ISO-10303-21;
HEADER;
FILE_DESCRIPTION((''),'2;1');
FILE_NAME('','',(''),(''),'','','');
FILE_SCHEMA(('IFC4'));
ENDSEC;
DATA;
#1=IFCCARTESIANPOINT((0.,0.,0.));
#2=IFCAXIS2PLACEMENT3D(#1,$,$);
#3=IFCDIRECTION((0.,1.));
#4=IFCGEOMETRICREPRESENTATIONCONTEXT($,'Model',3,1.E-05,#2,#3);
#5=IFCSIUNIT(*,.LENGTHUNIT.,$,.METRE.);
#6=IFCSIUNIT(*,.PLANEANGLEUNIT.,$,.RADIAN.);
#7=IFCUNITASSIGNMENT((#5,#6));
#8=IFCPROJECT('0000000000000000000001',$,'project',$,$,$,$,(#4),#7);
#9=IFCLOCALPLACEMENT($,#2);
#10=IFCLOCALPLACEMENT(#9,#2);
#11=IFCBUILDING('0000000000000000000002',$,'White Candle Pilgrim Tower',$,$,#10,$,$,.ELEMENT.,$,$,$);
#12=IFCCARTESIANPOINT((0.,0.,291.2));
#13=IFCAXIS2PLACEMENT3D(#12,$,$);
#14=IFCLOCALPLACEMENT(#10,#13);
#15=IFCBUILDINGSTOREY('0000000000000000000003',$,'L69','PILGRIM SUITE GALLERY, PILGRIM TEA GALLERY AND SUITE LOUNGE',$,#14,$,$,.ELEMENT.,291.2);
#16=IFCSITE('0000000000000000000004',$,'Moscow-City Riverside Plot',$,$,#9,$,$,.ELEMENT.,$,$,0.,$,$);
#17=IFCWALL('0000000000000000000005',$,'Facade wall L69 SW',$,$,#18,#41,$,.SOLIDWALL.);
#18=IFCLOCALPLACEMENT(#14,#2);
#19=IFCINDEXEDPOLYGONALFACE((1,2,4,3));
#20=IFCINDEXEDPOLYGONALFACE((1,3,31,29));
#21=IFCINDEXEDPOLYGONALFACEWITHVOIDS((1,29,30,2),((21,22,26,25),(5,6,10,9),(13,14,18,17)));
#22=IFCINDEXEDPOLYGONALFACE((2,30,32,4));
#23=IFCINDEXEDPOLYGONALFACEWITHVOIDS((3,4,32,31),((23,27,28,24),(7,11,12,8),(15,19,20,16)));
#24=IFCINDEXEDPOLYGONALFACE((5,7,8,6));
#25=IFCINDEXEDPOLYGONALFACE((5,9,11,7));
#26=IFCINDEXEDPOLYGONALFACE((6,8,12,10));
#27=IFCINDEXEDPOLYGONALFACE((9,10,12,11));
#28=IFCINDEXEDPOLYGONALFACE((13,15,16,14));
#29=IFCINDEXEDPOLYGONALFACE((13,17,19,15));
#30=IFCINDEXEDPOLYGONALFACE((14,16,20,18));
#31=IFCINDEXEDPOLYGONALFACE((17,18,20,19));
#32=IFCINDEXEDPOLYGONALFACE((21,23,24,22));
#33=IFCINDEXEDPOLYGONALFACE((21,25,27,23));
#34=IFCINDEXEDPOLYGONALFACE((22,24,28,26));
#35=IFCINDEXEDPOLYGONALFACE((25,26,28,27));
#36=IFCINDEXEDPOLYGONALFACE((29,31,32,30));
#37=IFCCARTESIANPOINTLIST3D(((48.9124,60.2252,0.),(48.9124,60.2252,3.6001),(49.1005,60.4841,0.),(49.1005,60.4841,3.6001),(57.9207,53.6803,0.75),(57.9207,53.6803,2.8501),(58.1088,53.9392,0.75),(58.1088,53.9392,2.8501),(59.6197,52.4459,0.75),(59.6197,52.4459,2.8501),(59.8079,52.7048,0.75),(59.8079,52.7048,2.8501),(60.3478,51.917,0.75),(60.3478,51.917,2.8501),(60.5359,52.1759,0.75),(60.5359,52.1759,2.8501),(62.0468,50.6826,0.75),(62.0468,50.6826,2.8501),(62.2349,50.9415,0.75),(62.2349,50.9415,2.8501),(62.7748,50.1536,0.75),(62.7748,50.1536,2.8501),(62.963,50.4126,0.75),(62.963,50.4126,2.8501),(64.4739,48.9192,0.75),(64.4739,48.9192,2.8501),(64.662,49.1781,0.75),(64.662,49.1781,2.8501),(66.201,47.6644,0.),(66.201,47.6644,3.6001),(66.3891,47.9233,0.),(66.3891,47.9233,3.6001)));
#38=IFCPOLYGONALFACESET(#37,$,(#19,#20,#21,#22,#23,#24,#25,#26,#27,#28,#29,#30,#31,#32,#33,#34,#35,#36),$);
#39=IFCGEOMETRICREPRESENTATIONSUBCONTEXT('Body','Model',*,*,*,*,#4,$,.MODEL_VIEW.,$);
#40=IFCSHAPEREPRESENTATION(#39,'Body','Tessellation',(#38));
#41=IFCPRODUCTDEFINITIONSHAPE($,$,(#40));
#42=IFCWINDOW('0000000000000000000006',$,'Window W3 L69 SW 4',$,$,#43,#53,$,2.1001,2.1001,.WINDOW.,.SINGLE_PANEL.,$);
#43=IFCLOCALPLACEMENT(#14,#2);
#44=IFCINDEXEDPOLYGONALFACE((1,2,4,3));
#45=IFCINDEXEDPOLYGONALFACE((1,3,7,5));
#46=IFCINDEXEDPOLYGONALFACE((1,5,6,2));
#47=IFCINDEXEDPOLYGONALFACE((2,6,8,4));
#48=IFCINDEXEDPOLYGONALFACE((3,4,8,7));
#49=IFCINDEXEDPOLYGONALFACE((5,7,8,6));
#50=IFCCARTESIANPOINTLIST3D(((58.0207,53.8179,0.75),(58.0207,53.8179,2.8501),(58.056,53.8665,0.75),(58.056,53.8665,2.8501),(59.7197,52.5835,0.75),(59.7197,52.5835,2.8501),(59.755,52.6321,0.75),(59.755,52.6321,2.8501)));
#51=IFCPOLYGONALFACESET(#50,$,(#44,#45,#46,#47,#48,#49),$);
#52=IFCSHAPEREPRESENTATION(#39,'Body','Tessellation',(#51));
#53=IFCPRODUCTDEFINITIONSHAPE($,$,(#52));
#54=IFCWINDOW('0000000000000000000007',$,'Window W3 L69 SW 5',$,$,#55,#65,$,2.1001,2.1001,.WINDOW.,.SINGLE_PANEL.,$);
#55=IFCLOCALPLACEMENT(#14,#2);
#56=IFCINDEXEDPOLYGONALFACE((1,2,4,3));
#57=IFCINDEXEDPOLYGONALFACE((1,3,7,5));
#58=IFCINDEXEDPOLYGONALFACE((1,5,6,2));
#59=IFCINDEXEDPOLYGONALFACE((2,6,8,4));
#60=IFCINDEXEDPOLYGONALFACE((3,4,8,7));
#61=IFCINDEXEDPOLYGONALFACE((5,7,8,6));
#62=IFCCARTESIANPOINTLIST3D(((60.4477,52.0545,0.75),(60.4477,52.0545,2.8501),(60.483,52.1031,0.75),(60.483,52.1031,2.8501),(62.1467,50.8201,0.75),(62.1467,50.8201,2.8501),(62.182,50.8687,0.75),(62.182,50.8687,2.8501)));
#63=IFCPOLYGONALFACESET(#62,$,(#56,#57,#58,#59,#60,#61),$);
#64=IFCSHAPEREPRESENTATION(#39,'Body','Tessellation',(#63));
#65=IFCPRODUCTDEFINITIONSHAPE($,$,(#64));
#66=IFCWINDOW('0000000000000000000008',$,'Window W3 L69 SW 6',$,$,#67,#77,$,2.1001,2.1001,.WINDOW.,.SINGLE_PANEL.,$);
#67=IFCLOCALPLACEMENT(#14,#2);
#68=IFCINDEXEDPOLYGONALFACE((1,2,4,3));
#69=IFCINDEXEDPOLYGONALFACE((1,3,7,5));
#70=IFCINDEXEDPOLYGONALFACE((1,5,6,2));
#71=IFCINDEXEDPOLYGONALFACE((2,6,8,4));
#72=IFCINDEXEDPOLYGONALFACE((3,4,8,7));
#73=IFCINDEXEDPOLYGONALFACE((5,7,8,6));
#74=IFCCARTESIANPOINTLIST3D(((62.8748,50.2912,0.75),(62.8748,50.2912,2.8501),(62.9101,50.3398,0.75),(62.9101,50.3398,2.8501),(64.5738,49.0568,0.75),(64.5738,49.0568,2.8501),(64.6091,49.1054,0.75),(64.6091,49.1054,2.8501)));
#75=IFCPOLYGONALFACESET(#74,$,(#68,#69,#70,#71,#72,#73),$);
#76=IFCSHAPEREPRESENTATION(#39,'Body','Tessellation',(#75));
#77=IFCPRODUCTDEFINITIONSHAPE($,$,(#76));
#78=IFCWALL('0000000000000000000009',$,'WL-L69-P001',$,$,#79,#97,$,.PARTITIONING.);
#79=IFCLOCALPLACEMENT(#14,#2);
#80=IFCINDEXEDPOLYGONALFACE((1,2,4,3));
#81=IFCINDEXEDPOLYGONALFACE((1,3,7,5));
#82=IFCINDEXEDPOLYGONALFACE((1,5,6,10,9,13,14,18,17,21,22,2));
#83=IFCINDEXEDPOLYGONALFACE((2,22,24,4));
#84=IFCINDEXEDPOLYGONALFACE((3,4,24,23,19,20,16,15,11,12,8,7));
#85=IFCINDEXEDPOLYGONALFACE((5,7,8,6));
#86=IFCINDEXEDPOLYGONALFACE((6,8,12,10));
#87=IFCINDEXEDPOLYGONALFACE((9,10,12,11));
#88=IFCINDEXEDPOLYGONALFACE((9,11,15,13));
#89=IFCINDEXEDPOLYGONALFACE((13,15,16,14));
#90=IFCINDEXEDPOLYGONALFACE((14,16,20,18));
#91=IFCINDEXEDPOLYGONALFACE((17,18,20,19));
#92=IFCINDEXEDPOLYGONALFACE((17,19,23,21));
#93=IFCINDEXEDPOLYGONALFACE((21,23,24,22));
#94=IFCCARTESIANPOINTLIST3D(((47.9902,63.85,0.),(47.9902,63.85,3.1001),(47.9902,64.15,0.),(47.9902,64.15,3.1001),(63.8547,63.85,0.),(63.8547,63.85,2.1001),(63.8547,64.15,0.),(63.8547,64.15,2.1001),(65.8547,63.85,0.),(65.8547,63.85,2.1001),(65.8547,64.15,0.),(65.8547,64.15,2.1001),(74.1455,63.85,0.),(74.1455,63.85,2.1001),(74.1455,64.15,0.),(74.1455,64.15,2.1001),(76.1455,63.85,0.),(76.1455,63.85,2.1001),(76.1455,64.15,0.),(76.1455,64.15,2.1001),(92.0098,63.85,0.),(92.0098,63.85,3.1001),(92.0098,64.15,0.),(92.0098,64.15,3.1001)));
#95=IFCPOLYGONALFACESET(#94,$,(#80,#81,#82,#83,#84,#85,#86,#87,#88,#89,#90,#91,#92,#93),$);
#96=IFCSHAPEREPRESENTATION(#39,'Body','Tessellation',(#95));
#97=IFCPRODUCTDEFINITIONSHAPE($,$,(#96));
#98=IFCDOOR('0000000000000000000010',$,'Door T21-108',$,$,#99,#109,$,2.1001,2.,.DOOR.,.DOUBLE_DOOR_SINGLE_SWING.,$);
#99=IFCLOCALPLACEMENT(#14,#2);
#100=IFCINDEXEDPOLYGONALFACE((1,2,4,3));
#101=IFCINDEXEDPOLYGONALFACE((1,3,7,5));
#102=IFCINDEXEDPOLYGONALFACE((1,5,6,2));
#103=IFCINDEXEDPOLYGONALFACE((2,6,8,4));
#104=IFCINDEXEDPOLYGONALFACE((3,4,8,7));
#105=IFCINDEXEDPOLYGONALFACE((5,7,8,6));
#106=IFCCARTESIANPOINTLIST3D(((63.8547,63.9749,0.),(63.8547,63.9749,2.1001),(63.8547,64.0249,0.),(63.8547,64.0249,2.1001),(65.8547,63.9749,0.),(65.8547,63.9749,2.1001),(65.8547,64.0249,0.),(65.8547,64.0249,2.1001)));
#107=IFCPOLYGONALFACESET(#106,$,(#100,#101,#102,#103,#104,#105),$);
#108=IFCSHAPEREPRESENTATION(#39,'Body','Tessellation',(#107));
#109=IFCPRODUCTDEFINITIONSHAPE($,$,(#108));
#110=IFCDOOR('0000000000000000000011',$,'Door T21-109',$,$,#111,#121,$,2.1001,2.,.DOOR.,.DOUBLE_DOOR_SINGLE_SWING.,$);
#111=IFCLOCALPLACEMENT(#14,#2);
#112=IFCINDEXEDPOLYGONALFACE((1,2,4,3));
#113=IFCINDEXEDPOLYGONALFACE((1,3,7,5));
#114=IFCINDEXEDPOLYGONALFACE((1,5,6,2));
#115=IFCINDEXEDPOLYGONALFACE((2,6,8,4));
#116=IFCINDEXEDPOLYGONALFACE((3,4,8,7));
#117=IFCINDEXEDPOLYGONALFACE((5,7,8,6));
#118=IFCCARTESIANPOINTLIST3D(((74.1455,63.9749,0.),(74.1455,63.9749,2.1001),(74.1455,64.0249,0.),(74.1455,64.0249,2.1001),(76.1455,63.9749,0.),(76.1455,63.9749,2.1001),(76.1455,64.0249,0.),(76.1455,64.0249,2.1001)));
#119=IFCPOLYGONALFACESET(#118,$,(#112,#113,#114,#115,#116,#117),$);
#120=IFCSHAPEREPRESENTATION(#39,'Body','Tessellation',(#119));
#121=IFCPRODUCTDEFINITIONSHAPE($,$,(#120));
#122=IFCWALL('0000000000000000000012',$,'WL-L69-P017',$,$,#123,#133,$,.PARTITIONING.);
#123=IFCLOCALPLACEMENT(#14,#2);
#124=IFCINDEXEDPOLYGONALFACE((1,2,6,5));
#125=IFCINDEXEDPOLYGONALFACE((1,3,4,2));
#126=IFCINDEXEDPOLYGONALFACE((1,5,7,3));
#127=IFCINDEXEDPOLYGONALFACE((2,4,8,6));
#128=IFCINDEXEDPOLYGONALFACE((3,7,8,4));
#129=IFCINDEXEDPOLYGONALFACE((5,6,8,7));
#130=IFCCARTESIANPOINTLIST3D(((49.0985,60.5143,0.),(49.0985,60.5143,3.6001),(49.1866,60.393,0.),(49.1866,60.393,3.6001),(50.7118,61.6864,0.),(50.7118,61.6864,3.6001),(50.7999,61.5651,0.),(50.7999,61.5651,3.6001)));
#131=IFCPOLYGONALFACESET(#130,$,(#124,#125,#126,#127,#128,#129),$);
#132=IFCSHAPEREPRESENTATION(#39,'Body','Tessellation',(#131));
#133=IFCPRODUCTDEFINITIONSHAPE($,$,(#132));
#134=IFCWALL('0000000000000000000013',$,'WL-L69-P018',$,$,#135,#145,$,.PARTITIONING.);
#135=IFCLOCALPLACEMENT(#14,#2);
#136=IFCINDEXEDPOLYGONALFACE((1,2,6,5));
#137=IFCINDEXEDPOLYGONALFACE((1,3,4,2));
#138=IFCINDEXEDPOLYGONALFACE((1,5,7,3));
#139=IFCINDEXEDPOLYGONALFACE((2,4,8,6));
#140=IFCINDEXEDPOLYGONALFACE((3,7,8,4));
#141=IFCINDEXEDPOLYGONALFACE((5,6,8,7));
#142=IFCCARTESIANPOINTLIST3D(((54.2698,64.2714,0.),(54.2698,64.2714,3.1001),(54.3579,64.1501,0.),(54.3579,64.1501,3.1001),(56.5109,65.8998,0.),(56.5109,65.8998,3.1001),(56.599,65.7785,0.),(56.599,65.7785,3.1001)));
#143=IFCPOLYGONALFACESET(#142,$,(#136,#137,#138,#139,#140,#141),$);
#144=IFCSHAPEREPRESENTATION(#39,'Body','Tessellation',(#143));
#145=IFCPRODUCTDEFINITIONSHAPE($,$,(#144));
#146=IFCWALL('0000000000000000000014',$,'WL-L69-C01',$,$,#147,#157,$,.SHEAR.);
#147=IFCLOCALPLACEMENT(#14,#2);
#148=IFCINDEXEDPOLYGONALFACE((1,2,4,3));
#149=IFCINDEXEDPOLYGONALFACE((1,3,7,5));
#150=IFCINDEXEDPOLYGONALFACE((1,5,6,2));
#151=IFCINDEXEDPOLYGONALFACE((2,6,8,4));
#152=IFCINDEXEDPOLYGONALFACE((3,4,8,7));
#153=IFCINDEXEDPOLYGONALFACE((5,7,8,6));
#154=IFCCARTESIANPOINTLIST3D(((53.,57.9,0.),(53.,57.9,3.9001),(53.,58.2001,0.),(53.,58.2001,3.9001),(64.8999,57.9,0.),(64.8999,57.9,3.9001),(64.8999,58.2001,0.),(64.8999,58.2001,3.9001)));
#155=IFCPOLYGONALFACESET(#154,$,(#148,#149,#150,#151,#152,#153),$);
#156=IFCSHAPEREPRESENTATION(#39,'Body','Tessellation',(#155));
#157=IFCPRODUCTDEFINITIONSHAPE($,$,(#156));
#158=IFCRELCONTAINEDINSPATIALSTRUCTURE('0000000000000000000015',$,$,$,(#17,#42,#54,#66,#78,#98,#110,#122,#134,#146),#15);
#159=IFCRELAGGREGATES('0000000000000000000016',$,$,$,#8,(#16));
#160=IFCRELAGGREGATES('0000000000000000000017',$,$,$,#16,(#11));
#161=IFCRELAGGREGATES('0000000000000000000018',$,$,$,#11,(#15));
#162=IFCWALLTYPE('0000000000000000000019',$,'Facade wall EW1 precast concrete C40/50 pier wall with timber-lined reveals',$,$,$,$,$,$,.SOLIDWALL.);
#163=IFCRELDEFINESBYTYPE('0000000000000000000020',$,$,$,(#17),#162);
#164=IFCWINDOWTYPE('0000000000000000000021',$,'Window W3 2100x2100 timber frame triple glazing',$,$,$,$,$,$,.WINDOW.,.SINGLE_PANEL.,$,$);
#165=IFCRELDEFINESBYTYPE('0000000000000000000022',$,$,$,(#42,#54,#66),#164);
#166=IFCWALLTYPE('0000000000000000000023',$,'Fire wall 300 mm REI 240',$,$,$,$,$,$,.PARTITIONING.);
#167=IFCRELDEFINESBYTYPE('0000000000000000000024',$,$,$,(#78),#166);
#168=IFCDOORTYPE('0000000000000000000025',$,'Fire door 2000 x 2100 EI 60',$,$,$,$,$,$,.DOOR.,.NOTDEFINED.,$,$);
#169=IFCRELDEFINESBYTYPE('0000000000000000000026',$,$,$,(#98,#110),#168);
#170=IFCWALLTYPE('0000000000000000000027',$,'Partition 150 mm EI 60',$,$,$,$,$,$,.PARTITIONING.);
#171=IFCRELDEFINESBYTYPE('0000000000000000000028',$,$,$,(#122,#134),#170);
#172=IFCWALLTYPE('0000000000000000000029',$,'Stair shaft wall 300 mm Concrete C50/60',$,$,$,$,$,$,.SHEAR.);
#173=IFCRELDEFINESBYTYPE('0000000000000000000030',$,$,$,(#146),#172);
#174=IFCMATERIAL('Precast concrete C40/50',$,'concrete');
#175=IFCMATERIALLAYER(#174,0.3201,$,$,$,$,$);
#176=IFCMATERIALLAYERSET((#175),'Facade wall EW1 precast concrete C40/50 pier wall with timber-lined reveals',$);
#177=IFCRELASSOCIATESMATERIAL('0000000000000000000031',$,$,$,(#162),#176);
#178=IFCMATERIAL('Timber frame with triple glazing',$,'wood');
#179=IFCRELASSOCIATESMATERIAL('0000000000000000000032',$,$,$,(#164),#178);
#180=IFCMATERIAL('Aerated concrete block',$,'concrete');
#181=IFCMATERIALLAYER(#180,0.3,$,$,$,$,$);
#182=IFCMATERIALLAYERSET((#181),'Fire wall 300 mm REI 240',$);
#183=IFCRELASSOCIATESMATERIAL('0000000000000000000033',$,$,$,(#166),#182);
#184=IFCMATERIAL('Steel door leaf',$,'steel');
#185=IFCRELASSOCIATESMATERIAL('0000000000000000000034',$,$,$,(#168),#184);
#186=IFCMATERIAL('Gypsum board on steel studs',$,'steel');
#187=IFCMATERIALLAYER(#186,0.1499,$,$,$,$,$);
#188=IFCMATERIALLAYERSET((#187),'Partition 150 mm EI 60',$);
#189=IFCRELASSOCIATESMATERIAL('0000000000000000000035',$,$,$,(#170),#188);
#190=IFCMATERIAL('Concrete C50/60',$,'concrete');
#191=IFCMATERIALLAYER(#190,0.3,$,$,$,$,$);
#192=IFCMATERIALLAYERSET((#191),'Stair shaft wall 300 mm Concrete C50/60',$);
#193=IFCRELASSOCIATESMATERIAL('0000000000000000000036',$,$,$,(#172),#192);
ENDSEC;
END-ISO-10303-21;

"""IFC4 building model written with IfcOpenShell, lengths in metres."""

from ifc_helpers import new_model, si_unit, direction, frame, frame_2d, origin, place, context, subcontext, project, spatial, rectangle, extrude, material, layer, layer_set, type_object, element, fill, save


model = new_model("IFC4")

# Units and contexts
model_context = context("Model", 3, precision=1e-05, world=origin(), true_north=direction((0.0, 1.0)))
body_context = subcontext(model_context, "Body", "Model", "MODEL_VIEW")
ifc_project = project(units=[si_unit("LENGTHUNIT", "METRE"), si_unit("PLANEANGLEUNIT", "RADIAN")], contexts=[model_context])

# Site, building, storey
site_placement = place(None, origin())
site = spatial("IfcSite", under=ifc_project, at=site_placement, Name="Moscow-City Riverside Plot", CompositionType="ELEMENT", RefElevation=0.0)
building_placement = place(site_placement, origin())
building = spatial("IfcBuilding", under=site, at=building_placement, Name="White Candle Pilgrim Tower", CompositionType="ELEMENT")
storey_placement = place(building_placement, frame((0.0, 0.0, 291.2)))
storey = spatial("IfcBuildingStorey", under=building, at=storey_placement, Name="L69", Description="PILGRIM SUITE GALLERY, PILGRIM TEA GALLERY AND SUITE LOUNGE", CompositionType="ELEMENT", Elevation=291.2)

# Shared definitions
ifc_material_1 = material(Name="Concrete C50/60", Category="concrete")
ifc_material_2 = material(Name="Gypsum board on steel studs", Category="steel")

# Wall, openings, windows
ifc_material_3 = material(Name="Precast concrete C40/50", Category="concrete")
ifc_layer_1 = layer(ifc_material_3, 0.3201)
ifc_layer_set_1 = layer_set([ifc_layer_1], Name="Facade wall EW1 precast concrete C40/50 pier wall with timber-lined reveals")
wall_type_1 = type_object("IfcWallType", Name="Facade wall EW1 precast concrete C40/50 pier wall with timber-lined reveals", PredefinedType="SOLIDWALL", material=ifc_layer_set_1)
wall_1_placement = place(storey_placement, frame((49.0063, 60.3547, 0.0), z_axis=(0.0, 0.0, 1.0), x_axis=(0.809019, -0.587782, 0.0)))
wall_1 = element("IfcWall", 1, at=wall_1_placement, inside=storey, type_object=wall_type_1, Name="Facade wall L69 SW", PredefinedType="SOLIDWALL", context=body_context, shape_type="SweptSolid", body=[
    extrude(rectangle(XDim=21.3699, YDim=0.3201, at=frame_2d((10.6851, 0.0))), origin(), (0.0, 0.0, 1.0), 3.6001),
])
opening_1_placement = place(wall_1_placement, frame((11.135, 0.0, 0.75)))
opening_1 = element("IfcOpeningElement", 2, at=opening_1_placement, cuts=wall_1, PredefinedType="OPENING", context=body_context, shape_type="SweptSolid", body=[
    extrude(rectangle(XDim=2.1001, YDim=2.1001, at=frame_2d((1.05, 1.05))), frame((0.0, 0.1699, 0.0), z_axis=(0.0, -1.0, 0.0), x_axis=(1.0, 0.0, 0.0)), (0.0, 0.0, 1.0), 0.3401),
])
opening_2_placement = place(wall_1_placement, frame((14.135, 0.0, 0.75)))
opening_2 = element("IfcOpeningElement", 3, at=opening_2_placement, cuts=wall_1, PredefinedType="OPENING", context=body_context, shape_type="SweptSolid", body=[
    extrude(rectangle(XDim=2.1001, YDim=2.1001, at=frame_2d((1.05, 1.05))), frame((0.0, 0.1699, 0.0), z_axis=(0.0, -1.0, 0.0), x_axis=(1.0, 0.0, 0.0)), (0.0, 0.0, 1.0), 0.3401),
])
opening_3_placement = place(wall_1_placement, frame((17.135, 0.0, 0.75)))
opening_3 = element("IfcOpeningElement", 4, at=opening_3_placement, cuts=wall_1, PredefinedType="OPENING", context=body_context, shape_type="SweptSolid", body=[
    extrude(rectangle(XDim=2.1001, YDim=2.1001, at=frame_2d((1.05, 1.05))), frame((0.0, 0.1699, 0.0), z_axis=(0.0, -1.0, 0.0), x_axis=(1.0, 0.0, 0.0)), (0.0, 0.0, 1.0), 0.3401),
])
ifc_material_4 = material(Name="Timber frame with triple glazing", Category="wood")
window_type = type_object("IfcWindowType", Name="Window W3 2100x2100 timber frame triple glazing", PartitioningType="SINGLE_PANEL", PredefinedType="WINDOW", material=ifc_material_4)
window_1_placement = place(opening_1_placement, origin())
window_1 = element("IfcWindow", 5, at=window_1_placement, inside=storey, type_object=window_type, Name="Window W3 L69 SW 4", OverallHeight=2.1001, OverallWidth=2.1001, PartitioningType="SINGLE_PANEL", PredefinedType="WINDOW", context=body_context, shape_type="SweptSolid", body=[
    extrude(rectangle(XDim=2.1001, YDim=2.1001, at=frame_2d((1.05, 1.05))), frame((0.0, 0.0701, 0.0), z_axis=(0.0, -1.0, 0.0), x_axis=(1.0, 0.0, 0.0)), (0.0, 0.0, 1.0), 0.0601),
])
fill(opening_1, window_1)
window_2_placement = place(opening_2_placement, origin())
window_2 = element("IfcWindow", 6, at=window_2_placement, inside=storey, type_object=window_type, Name="Window W3 L69 SW 5", OverallHeight=2.1001, OverallWidth=2.1001, PartitioningType="SINGLE_PANEL", PredefinedType="WINDOW", context=body_context, shape_type="SweptSolid", body=[
    extrude(rectangle(XDim=2.1001, YDim=2.1001, at=frame_2d((1.05, 1.05))), frame((0.0, 0.0701, 0.0), z_axis=(0.0, -1.0, 0.0), x_axis=(1.0, 0.0, 0.0)), (0.0, 0.0, 1.0), 0.0601),
])
fill(opening_2, window_2)
window_3_placement = place(opening_3_placement, origin())
window_3 = element("IfcWindow", 7, at=window_3_placement, inside=storey, type_object=window_type, Name="Window W3 L69 SW 6", OverallHeight=2.1001, OverallWidth=2.1001, PartitioningType="SINGLE_PANEL", PredefinedType="WINDOW", context=body_context, shape_type="SweptSolid", body=[
    extrude(rectangle(XDim=2.1001, YDim=2.1001, at=frame_2d((1.05, 1.05))), frame((0.0, 0.0701, 0.0), z_axis=(0.0, -1.0, 0.0), x_axis=(1.0, 0.0, 0.0)), (0.0, 0.0, 1.0), 0.0601),
])
fill(opening_3, window_3)

# Wall, openings, doors
ifc_material_5 = material(Name="Aerated concrete block", Category="concrete")
ifc_layer_2 = layer(ifc_material_5, 0.3)
ifc_layer_set_2 = layer_set([ifc_layer_2], Name="Fire wall 300 mm REI 240")
wall_type_2 = type_object("IfcWallType", Name="Fire wall 300 mm REI 240", PredefinedType="PARTITIONING", material=ifc_layer_set_2)
wall_2_placement = place(storey_placement, frame((47.9902, 64.0, 0.0), z_axis=(0.0, 0.0, 1.0), x_axis=(1.0, 0.0, 0.0)))
wall_2 = element("IfcWall", 8, at=wall_2_placement, inside=storey, type_object=wall_type_2, Name="WL-L69-P001", PredefinedType="PARTITIONING", context=body_context, shape_type="SweptSolid", body=[
    extrude(rectangle(XDim=44.0195, YDim=0.3, at=frame_2d((22.0098, 0.0))), origin(), (0.0, 0.0, 1.0), 3.1001),
])
opening_4_placement = place(wall_2_placement, frame((15.8645, 0.0, 0.0)))
opening_4 = element("IfcOpeningElement", 9, at=opening_4_placement, cuts=wall_2, PredefinedType="OPENING", context=body_context, shape_type="SweptSolid", body=[
    extrude(rectangle(XDim=2.0, YDim=2.1001, at=frame_2d((1.0, 1.05))), frame((0.0, 0.1599, 0.0), z_axis=(0.0, -1.0, 0.0), x_axis=(1.0, 0.0, 0.0)), (0.0, 0.0, 1.0), 0.3201),
])
opening_5_placement = place(wall_2_placement, frame((26.1553, 0.0, 0.0)))
opening_5 = element("IfcOpeningElement", 10, at=opening_5_placement, cuts=wall_2, PredefinedType="OPENING", context=body_context, shape_type="SweptSolid", body=[
    extrude(rectangle(XDim=2.0, YDim=2.1001, at=frame_2d((1.0, 1.05))), frame((0.0, 0.1599, 0.0), z_axis=(0.0, -1.0, 0.0), x_axis=(1.0, 0.0, 0.0)), (0.0, 0.0, 1.0), 0.3201),
])
ifc_material_6 = material(Name="Steel door leaf", Category="steel")
door_type_1 = type_object("IfcDoorType", Name="Fire door 2000 x 2100 EI 60", OperationType="NOTDEFINED", PredefinedType="DOOR", material=ifc_material_6)
door_1_placement = place(opening_4_placement, origin())
door_1 = element("IfcDoor", 11, at=door_1_placement, inside=storey, type_object=door_type_1, Name="Door T21-108", OperationType="DOUBLE_DOOR_SINGLE_SWING", OverallHeight=2.1001, OverallWidth=2.0, PredefinedType="DOOR", context=body_context, shape_type="SweptSolid", body=[
    extrude(rectangle(XDim=2.0, YDim=2.1001, at=frame_2d((1.0, 1.05))), frame((0.0, 0.0249, 0.0), z_axis=(0.0, -1.0, 0.0), x_axis=(1.0, 0.0, 0.0)), (0.0, 0.0, 1.0), 0.05),
])
fill(opening_4, door_1)
door_2_placement = place(opening_5_placement, origin())
door_2 = element("IfcDoor", 12, at=door_2_placement, inside=storey, type_object=door_type_1, Name="Door T21-109", OperationType="DOUBLE_DOOR_SINGLE_SWING", OverallHeight=2.1001, OverallWidth=2.0, PredefinedType="DOOR", context=body_context, shape_type="SweptSolid", body=[
    extrude(rectangle(XDim=2.0, YDim=2.1001, at=frame_2d((1.0, 1.05))), frame((0.0, 0.0249, 0.0), z_axis=(0.0, -1.0, 0.0), x_axis=(1.0, 0.0, 0.0)), (0.0, 0.0, 1.0), 0.05),
])
fill(opening_5, door_2)

# Walls
ifc_layer_3 = layer(ifc_material_2, 0.1499)
ifc_layer_set_3 = layer_set([ifc_layer_3], Name="Partition 150 mm EI 60")
wall_type_3 = type_object("IfcWallType", Name="Partition 150 mm EI 60", PredefinedType="PARTITIONING", material=ifc_layer_set_3)
wall_3_placement = place(storey_placement, frame((49.1426, 60.4536, 0.0), z_axis=(0.0, 0.0, 1.0), x_axis=(0.809017, 0.587786, 0.0)))
element("IfcWall", 13, at=wall_3_placement, inside=storey, type_object=wall_type_3, Name="WL-L69-P017", PredefinedType="PARTITIONING", context=body_context, shape_type="SweptSolid", body=[
    extrude(rectangle(XDim=1.9941, YDim=0.1499, at=frame_2d((0.9971, 0.0))), origin(), (0.0, 0.0, 1.0), 3.6001),
])
wall_4_placement = place(storey_placement, frame((54.3137, 64.2107, 0.0), z_axis=(0.0, 0.0, 1.0), x_axis=(0.809003, 0.587805, 0.0)))
element("IfcWall", 14, at=wall_4_placement, inside=storey, type_object=wall_type_3, Name="WL-L69-P018", PredefinedType="PARTITIONING", context=body_context, shape_type="SweptSolid", body=[
    extrude(rectangle(XDim=2.7703, YDim=0.1499, at=frame_2d((1.3853, 0.0))), origin(), (0.0, 0.0, 1.0), 3.1001),
])
ifc_layer_4 = layer(ifc_material_1, 0.3)
ifc_layer_set_4 = layer_set([ifc_layer_4], Name="Stair shaft wall 300 mm Concrete C50/60")
wall_type_4 = type_object("IfcWallType", Name="Stair shaft wall 300 mm Concrete C50/60", PredefinedType="SHEAR", material=ifc_layer_set_4)
wall_5_placement = place(storey_placement, frame((53.0, 58.05, 0.0), z_axis=(0.0, 0.0, 1.0), x_axis=(1.0, 0.0, 0.0)))
element("IfcWall", 15, at=wall_5_placement, inside=storey, type_object=wall_type_4, Name="WL-L69-C01", PredefinedType="SHEAR", context=body_context, shape_type="SweptSolid", body=[
    extrude(rectangle(XDim=11.8999, YDim=0.3, at=frame_2d((5.95, 0.0))), origin(), (0.0, 0.0, 1.0), 3.9001),
])

save(model, "model.ifc")
